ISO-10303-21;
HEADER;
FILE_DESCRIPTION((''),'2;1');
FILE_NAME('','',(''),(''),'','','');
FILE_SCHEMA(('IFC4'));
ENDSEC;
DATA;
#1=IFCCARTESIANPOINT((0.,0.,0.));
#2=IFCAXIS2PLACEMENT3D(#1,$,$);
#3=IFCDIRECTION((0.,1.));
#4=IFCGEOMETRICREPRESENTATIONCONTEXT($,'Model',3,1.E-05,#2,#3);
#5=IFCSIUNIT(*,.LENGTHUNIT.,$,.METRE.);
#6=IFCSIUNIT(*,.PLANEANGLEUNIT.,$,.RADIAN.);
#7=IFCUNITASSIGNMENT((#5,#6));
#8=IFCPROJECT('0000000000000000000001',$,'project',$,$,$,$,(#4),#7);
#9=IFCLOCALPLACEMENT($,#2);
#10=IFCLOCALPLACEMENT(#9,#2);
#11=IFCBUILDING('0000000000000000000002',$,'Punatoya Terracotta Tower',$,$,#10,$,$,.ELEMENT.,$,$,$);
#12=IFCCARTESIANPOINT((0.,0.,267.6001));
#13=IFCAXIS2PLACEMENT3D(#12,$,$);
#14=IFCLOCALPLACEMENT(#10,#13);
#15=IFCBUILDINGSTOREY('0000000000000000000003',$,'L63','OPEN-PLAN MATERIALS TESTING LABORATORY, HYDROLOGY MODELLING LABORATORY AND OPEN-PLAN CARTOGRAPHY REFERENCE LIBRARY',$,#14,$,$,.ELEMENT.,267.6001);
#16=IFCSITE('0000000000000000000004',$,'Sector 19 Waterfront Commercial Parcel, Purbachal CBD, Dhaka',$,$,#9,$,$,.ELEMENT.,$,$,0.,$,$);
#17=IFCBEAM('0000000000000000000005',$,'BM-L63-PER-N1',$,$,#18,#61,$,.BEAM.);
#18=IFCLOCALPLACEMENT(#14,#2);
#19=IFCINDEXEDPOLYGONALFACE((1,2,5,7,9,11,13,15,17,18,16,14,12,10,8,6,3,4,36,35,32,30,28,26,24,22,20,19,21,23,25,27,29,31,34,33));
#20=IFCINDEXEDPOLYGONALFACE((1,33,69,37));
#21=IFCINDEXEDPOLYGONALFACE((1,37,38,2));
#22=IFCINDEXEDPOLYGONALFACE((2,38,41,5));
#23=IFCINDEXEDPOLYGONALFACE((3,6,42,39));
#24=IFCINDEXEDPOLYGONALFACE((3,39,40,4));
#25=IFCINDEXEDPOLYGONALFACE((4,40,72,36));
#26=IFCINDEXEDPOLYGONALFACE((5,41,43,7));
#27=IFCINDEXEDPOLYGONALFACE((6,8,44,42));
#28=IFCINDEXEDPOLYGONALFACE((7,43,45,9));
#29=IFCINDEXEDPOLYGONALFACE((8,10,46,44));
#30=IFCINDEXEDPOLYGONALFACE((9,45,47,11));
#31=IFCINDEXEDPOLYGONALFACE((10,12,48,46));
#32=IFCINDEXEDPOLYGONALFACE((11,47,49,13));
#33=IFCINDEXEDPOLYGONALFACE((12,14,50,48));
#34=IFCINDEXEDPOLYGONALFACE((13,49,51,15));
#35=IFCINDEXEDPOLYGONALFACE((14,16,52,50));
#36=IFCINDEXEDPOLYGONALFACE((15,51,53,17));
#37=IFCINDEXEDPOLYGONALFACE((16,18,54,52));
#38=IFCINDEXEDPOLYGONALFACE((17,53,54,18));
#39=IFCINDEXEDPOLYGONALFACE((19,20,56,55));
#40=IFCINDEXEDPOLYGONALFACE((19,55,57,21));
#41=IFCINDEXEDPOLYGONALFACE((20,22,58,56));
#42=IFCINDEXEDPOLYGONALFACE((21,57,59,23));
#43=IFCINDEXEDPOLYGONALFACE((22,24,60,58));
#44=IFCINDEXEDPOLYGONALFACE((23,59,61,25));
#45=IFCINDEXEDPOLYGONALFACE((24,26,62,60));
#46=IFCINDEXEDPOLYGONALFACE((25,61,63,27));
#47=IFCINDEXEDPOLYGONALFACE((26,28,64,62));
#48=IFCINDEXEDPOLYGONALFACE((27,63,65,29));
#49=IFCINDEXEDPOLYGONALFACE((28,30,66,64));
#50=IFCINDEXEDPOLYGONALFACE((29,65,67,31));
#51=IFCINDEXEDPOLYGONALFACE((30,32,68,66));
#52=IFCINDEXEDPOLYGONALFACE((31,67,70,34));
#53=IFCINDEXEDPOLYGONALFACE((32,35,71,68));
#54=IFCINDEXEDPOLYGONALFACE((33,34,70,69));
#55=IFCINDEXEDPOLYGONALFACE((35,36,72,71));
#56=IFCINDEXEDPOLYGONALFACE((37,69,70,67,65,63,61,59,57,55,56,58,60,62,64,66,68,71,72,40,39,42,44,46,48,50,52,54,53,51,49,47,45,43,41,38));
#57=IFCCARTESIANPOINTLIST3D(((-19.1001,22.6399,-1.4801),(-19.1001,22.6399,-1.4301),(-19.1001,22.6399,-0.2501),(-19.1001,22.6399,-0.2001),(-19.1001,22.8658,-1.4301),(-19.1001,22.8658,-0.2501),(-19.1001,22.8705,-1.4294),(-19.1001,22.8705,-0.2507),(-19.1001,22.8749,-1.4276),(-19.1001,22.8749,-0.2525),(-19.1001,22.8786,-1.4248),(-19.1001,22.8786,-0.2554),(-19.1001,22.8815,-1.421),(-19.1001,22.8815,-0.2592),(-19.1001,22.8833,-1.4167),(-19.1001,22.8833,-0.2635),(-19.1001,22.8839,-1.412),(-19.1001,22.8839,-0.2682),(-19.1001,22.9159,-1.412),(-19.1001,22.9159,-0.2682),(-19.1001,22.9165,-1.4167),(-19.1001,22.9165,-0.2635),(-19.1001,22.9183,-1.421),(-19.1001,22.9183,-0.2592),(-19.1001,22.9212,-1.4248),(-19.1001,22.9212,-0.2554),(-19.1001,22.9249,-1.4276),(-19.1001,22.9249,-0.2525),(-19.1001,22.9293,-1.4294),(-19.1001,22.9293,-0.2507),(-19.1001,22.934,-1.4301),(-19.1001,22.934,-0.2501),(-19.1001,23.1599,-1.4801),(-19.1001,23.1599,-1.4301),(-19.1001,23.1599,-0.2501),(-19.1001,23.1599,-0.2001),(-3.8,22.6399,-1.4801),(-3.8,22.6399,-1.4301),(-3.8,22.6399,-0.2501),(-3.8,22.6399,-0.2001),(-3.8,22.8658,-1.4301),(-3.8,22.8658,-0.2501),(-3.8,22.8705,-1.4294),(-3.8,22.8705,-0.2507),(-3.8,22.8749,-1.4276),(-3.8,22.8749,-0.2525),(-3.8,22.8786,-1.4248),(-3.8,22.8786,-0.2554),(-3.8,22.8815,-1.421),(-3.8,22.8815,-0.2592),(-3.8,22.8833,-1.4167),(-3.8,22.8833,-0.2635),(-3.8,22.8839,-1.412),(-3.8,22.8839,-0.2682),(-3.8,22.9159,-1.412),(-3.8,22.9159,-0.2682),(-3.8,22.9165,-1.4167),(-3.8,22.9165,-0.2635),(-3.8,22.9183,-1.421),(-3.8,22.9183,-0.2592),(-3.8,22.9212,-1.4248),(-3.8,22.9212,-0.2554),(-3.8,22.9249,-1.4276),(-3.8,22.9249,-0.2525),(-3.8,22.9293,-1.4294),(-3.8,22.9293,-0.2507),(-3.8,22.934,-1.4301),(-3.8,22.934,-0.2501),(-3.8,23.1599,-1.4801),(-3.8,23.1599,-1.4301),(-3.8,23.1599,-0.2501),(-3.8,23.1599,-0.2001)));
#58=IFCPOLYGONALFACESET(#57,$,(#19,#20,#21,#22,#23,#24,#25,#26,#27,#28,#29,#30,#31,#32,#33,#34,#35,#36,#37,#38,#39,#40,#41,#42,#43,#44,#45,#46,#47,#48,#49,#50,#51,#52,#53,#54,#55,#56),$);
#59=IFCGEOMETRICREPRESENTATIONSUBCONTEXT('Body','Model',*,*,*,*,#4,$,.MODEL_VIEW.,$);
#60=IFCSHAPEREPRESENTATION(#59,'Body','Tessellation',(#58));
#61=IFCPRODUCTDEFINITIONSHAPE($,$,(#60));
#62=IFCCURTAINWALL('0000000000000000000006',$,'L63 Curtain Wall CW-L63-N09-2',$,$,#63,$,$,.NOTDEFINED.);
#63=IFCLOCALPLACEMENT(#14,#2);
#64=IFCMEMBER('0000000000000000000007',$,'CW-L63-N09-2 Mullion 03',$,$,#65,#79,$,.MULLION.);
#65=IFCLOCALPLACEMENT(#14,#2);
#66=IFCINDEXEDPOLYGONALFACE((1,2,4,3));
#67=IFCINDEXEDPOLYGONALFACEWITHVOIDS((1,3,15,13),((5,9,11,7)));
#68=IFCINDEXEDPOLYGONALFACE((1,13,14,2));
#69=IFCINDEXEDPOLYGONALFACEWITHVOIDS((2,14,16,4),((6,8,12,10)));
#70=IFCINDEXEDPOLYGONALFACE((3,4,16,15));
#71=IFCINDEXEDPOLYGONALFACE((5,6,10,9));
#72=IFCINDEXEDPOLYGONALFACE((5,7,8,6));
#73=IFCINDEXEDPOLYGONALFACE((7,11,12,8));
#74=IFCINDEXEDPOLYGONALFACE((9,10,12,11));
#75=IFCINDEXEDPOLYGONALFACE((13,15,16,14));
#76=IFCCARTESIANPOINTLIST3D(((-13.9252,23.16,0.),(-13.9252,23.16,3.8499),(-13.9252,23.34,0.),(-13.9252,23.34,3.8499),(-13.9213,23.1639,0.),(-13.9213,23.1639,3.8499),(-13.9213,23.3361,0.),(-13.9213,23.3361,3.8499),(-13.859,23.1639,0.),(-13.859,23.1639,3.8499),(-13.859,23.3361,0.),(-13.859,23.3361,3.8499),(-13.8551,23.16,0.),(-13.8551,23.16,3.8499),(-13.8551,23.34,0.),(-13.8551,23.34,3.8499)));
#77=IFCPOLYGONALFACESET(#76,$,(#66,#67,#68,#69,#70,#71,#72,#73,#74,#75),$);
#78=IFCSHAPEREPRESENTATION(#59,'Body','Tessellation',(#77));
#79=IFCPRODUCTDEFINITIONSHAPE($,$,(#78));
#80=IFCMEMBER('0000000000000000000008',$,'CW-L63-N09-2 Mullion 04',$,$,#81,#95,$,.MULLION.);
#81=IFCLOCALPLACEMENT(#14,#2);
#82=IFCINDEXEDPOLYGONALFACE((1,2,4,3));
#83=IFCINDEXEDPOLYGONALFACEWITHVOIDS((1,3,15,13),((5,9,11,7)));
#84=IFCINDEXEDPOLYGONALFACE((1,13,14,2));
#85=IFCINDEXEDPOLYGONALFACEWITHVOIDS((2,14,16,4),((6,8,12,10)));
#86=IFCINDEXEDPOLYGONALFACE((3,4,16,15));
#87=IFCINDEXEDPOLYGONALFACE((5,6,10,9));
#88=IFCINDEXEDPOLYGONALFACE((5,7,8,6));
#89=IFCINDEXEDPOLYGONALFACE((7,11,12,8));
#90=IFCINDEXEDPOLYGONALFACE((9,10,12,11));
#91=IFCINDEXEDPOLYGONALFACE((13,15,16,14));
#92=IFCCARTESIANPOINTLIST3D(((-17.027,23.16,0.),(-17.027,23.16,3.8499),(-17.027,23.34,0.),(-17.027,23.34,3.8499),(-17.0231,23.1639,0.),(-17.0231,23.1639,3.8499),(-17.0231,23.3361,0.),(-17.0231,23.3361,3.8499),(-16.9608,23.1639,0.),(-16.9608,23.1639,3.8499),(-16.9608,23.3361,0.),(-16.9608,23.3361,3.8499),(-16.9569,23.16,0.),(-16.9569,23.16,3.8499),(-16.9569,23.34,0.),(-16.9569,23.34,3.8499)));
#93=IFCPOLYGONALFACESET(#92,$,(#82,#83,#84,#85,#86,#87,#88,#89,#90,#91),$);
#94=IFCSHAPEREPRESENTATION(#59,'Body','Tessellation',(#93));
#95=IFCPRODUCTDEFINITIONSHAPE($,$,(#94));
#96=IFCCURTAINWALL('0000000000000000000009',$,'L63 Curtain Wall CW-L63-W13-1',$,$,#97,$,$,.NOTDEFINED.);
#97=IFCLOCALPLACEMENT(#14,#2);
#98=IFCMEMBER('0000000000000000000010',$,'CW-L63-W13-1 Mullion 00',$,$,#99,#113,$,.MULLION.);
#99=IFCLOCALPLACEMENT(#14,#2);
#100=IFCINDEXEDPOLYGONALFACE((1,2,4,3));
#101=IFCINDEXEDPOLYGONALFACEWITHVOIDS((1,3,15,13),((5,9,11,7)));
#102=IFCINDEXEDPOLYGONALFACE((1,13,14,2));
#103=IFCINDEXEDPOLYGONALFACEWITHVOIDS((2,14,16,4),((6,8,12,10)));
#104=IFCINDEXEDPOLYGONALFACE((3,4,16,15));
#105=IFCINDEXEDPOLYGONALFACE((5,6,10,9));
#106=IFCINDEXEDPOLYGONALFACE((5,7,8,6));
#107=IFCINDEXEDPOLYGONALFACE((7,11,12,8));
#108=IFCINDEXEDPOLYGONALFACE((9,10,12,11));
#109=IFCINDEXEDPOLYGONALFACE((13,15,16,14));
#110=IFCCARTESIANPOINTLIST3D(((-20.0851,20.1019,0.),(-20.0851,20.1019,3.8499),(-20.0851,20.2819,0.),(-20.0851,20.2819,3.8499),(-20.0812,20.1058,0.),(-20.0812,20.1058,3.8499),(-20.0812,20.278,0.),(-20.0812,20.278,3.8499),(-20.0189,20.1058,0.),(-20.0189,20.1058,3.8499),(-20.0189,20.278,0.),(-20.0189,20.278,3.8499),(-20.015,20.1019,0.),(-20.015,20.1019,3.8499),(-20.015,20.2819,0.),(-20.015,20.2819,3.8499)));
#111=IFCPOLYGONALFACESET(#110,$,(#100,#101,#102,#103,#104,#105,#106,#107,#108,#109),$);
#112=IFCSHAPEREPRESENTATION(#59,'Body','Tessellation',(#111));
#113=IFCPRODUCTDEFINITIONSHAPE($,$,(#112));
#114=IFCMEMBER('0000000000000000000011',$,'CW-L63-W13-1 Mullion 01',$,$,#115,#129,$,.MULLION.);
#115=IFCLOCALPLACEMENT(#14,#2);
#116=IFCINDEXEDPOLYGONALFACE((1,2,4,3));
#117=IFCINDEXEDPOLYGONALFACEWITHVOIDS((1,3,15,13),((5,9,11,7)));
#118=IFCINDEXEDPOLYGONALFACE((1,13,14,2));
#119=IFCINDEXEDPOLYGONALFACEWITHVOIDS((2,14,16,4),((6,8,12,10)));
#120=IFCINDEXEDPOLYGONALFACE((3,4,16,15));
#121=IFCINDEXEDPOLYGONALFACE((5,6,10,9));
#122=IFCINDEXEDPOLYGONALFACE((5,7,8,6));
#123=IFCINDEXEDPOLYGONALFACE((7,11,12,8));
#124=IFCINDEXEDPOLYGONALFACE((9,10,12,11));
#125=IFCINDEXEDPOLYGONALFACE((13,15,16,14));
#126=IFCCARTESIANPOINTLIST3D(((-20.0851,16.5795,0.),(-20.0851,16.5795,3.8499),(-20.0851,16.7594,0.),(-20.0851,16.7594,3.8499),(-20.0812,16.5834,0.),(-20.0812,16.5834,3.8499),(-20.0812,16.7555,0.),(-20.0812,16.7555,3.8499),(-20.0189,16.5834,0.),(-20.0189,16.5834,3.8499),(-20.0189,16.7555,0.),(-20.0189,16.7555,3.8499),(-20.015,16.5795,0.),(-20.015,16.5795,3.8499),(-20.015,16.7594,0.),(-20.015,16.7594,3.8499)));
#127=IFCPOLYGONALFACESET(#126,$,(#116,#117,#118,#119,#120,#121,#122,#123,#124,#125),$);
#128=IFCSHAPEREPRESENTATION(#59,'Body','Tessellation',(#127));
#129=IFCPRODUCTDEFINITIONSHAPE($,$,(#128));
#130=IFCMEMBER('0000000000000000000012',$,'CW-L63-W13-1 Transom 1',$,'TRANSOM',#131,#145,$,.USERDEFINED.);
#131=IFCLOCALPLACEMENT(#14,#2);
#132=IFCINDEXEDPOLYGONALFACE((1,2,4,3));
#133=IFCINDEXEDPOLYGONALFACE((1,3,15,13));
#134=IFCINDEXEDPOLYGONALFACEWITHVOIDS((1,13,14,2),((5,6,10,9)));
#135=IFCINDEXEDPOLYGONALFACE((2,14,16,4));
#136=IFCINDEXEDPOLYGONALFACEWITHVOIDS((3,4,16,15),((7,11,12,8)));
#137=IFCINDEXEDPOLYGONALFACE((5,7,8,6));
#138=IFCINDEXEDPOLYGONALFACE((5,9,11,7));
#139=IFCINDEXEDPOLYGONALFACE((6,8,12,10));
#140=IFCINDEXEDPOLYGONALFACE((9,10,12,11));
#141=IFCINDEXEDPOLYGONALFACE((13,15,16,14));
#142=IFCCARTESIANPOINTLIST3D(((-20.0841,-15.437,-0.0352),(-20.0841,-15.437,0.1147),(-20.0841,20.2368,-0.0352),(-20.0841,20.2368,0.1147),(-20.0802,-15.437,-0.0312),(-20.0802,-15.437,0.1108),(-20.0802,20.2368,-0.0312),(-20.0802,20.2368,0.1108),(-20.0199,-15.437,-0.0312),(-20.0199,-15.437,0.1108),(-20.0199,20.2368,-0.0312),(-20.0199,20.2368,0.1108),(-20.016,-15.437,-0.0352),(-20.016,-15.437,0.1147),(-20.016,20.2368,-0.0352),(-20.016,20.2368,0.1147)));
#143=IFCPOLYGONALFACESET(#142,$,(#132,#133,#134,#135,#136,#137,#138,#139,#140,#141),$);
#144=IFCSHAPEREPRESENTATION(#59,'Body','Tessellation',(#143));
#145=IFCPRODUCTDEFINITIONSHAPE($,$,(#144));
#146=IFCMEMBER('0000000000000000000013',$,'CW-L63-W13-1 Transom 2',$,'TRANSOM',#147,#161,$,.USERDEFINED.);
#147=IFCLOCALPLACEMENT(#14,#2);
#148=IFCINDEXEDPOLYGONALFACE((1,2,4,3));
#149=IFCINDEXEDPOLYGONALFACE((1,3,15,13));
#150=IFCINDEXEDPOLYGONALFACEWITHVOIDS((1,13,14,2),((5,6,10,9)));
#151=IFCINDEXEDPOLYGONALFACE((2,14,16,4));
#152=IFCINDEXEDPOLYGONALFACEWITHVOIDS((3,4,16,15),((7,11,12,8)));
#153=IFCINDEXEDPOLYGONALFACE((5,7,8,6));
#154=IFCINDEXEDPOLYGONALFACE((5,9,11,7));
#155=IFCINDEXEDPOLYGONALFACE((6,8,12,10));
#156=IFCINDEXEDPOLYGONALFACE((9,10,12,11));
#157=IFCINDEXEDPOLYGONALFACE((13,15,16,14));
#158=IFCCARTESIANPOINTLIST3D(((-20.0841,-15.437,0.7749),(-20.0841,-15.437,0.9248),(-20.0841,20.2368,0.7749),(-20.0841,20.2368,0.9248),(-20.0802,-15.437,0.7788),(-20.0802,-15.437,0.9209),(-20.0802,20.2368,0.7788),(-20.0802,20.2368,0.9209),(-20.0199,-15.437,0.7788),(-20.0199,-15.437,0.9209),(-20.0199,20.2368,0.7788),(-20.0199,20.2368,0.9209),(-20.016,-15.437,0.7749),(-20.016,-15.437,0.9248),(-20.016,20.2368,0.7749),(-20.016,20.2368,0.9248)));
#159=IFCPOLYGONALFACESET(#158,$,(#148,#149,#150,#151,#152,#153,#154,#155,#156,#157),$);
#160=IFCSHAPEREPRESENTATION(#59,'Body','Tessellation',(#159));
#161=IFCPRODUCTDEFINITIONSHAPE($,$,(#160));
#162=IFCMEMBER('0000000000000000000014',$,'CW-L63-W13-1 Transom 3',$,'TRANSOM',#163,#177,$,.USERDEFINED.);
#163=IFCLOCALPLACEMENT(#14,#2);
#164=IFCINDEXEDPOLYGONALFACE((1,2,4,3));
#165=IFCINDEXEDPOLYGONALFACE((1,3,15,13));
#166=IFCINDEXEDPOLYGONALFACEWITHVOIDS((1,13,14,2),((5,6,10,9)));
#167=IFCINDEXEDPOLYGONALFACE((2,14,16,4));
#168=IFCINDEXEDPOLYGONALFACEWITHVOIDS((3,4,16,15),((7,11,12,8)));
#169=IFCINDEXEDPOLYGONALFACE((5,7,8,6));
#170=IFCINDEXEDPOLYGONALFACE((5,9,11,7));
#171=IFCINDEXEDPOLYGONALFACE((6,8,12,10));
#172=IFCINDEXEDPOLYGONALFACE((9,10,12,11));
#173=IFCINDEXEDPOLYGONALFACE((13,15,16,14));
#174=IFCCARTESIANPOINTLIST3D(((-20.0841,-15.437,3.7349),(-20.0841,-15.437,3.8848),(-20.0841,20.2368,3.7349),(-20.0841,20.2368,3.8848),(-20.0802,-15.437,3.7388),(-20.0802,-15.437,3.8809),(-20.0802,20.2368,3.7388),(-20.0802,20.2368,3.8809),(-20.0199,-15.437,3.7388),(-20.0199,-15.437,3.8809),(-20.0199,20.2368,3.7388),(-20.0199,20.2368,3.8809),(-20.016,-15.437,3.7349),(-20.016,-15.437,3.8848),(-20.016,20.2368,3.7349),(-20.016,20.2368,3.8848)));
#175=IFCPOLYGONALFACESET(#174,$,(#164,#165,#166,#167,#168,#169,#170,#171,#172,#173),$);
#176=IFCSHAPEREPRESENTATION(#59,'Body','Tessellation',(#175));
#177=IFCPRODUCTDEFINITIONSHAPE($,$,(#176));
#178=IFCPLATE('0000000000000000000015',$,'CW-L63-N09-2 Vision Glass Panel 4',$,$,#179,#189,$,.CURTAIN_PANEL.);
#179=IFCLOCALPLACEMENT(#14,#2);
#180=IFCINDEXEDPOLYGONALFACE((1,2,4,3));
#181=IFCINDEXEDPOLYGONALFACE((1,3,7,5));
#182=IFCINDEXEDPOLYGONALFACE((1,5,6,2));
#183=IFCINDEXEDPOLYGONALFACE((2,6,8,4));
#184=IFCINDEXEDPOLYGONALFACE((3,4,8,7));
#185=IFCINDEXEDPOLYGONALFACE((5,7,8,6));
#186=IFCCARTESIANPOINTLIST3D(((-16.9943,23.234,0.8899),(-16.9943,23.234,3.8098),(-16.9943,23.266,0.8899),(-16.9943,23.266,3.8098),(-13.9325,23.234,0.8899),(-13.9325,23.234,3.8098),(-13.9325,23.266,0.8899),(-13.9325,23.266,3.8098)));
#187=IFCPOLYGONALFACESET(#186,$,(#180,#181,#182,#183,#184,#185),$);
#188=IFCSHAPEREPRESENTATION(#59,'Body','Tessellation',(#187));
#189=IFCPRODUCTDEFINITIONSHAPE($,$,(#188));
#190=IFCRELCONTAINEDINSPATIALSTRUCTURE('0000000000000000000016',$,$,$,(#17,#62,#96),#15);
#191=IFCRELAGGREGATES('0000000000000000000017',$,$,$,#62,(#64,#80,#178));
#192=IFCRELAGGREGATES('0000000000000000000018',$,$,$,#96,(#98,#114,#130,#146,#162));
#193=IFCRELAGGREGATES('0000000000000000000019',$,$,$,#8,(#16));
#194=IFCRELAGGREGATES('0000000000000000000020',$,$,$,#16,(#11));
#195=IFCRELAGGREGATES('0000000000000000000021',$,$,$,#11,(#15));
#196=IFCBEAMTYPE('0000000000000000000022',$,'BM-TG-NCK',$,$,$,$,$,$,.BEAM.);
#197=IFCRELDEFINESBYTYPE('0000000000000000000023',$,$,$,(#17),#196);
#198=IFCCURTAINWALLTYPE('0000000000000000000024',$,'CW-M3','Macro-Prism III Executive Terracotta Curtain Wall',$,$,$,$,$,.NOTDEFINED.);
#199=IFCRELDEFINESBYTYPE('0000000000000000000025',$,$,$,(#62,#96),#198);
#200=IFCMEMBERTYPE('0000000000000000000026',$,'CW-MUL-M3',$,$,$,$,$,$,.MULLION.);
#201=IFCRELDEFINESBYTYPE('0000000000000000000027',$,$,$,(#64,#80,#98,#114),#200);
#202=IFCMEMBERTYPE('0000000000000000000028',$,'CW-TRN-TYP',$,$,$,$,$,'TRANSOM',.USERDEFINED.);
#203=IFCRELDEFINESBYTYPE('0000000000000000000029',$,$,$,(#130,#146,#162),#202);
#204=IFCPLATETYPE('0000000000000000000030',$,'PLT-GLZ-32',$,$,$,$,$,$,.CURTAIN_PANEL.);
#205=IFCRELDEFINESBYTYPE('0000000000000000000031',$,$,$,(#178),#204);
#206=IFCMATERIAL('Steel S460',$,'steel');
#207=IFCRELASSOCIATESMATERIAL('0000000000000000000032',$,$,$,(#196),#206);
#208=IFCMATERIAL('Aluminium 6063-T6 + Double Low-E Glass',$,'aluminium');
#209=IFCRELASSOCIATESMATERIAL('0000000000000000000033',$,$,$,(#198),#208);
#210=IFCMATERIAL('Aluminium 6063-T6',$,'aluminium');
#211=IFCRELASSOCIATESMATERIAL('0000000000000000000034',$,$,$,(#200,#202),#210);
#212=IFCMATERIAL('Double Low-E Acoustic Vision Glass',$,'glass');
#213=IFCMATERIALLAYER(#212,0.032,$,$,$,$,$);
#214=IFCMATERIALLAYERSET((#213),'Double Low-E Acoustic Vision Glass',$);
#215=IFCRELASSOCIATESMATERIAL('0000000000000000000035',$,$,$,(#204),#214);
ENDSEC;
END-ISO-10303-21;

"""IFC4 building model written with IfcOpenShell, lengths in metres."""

from ifc_helpers import new_model, si_unit, direction, frame, origin, origin_2d, place, context, subcontext, project, spatial, rectangle, hollow_rectangle, i_section, extrude, material, layer, layer_set, material_profile, profile_set, type_object, element, aggregate, save


model = new_model("IFC4")

# Units and contexts
model_context = context("Model", 3, precision=1e-05, world=origin(), true_north=direction((0.0, 1.0)))
body_context = subcontext(model_context, "Body", "Model", "MODEL_VIEW")
ifc_project = project(units=[si_unit("LENGTHUNIT", "METRE"), si_unit("PLANEANGLEUNIT", "RADIAN")], contexts=[model_context])

# Site, building, storey
site_placement = place(None, origin())
site = spatial("IfcSite", under=ifc_project, at=site_placement, Name="Sector 19 Waterfront Commercial Parcel, Purbachal CBD, Dhaka", CompositionType="ELEMENT", RefElevation=0.0)
building_placement = place(site_placement, origin())
building = spatial("IfcBuilding", under=site, at=building_placement, Name="Punatoya Terracotta Tower", CompositionType="ELEMENT")
storey_placement = place(building_placement, frame((0.0, 0.0, 267.6001)))
storey = spatial("IfcBuildingStorey", under=building, at=storey_placement, Name="L63", Description="OPEN-PLAN MATERIALS TESTING LABORATORY, HYDROLOGY MODELLING LABORATORY AND OPEN-PLAN CARTOGRAPHY REFERENCE LIBRARY", CompositionType="ELEMENT", Elevation=267.6001)

# Shared definitions
ifc_material_1 = material(Name="Steel S460", Category="steel")

# Beam
ifc_material_profile_1 = material_profile(ifc_material_1, i_section(OverallWidth=0.52, OverallDepth=1.28, WebThickness=0.032, FlangeThickness=0.05, FilletRadius=0.0181, at=origin_2d()))
ifc_profile_set_1 = profile_set([ifc_material_profile_1], Name="Steel S460")
beam_type_1 = type_object("IfcBeamType", Name="BM-TG-NCK", PredefinedType="BEAM", material=ifc_profile_set_1)
beam_1_placement = place(storey_placement, frame((-19.1001, 22.8999, -0.8401), z_axis=(1.0, 0.0, 0.0), x_axis=(0.0, 1.0, 0.0)))
element("IfcBeam", 1, at=beam_1_placement, inside=storey, type_object=beam_type_1, Name="BM-L63-PER-N1", PredefinedType="BEAM", context=body_context, shape_type="SweptSolid", body=[
    extrude(i_section(OverallWidth=0.52, OverallDepth=1.28, WebThickness=0.032, FlangeThickness=0.05, FilletRadius=0.0181, at=origin_2d()), origin(), (0.0, 0.0, 1.0), 15.3),
])

# Curtain walls, members
ifc_material_2 = material(Name="Aluminium 6063-T6 + Double Low-E Glass", Category="aluminium")
curtain_wall_type = type_object("IfcCurtainWallType", Name="CW-M3", Description="Macro-Prism III Executive Terracotta Curtain Wall", PredefinedType="NOTDEFINED", material=ifc_material_2)
curtain_wall_1_placement = place(storey_placement, origin())
curtain_wall_1 = element("IfcCurtainWall", 2, at=curtain_wall_1_placement, inside=storey, type_object=curtain_wall_type, Name="L63 Curtain Wall CW-L63-N09-2", PredefinedType="NOTDEFINED")
ifc_material_3 = material(Name="Aluminium 6063-T6", Category="aluminium")
ifc_material_profile_2 = material_profile(ifc_material_3, hollow_rectangle(XDim=0.0701, YDim=0.1799, WallThickness=0.0039, at=origin_2d()))
ifc_profile_set_2 = profile_set([ifc_material_profile_2], Name="Aluminium 6063-T6")
member_type_1 = type_object("IfcMemberType", Name="CW-MUL-M3", PredefinedType="MULLION", material=ifc_profile_set_2)
member_1_placement = place(storey_placement, frame((-13.8901, 23.25, 0.0), z_axis=(0.0, 0.0, 1.0), x_axis=(1.0, 0.0, 0.0)))
member_1 = element("IfcMember", 3, at=member_1_placement, type_object=member_type_1, Name="CW-L63-N09-2 Mullion 03", PredefinedType="MULLION", context=body_context, shape_type="SweptSolid", body=[
    extrude(hollow_rectangle(XDim=0.0701, YDim=0.1799, WallThickness=0.0039, at=origin_2d()), origin(), (0.0, 0.0, 1.0), 3.8499),
])
member_2_placement = place(storey_placement, frame((-16.9919, 23.25, 0.0), z_axis=(0.0, 0.0, 1.0), x_axis=(1.0, 0.0, 0.0)))
member_2 = element("IfcMember", 4, at=member_2_placement, type_object=member_type_1, Name="CW-L63-N09-2 Mullion 04", PredefinedType="MULLION", context=body_context, shape_type="SweptSolid", body=[
    extrude(hollow_rectangle(XDim=0.0701, YDim=0.1799, WallThickness=0.0039, at=origin_2d()), origin(), (0.0, 0.0, 1.0), 3.8499),
])
curtain_wall_2_placement = place(storey_placement, origin())
curtain_wall_2 = element("IfcCurtainWall", 5, at=curtain_wall_2_placement, inside=storey, type_object=curtain_wall_type, Name="L63 Curtain Wall CW-L63-W13-1", PredefinedType="NOTDEFINED")
member_3_placement = place(storey_placement, frame((-20.05, 20.1919, 0.0), z_axis=(0.0, 0.0, 1.0), x_axis=(1.0, 0.0, 0.0)))
member_3 = element("IfcMember", 6, at=member_3_placement, type_object=member_type_1, Name="CW-L63-W13-1 Mullion 00", PredefinedType="MULLION", context=body_context, shape_type="SweptSolid", body=[
    extrude(hollow_rectangle(XDim=0.0701, YDim=0.1799, WallThickness=0.0039, at=origin_2d()), origin(), (0.0, 0.0, 1.0), 3.8499),
])
member_4_placement = place(storey_placement, frame((-20.05, 16.6694, 0.0), z_axis=(0.0, 0.0, 1.0), x_axis=(1.0, 0.0, 0.0)))
member_4 = element("IfcMember", 7, at=member_4_placement, type_object=member_type_1, Name="CW-L63-W13-1 Mullion 01", PredefinedType="MULLION", context=body_context, shape_type="SweptSolid", body=[
    extrude(hollow_rectangle(XDim=0.0701, YDim=0.1799, WallThickness=0.0039, at=origin_2d()), origin(), (0.0, 0.0, 1.0), 3.8499),
])
ifc_material_profile_3 = material_profile(ifc_material_3, hollow_rectangle(XDim=0.0681, YDim=0.1499, WallThickness=0.0039, at=origin_2d()))
ifc_profile_set_3 = profile_set([ifc_material_profile_3], Name="Aluminium 6063-T6")
member_type_2 = type_object("IfcMemberType", Name="CW-TRN-TYP", ElementType="TRANSOM", PredefinedType="USERDEFINED", material=ifc_profile_set_3)
member_5_placement = place(storey_placement, frame((-20.05, 20.2368, 0.0398), z_axis=(0.0, -1.0, 0.0), x_axis=(1.0, 0.0, 0.0)))
member_5 = element("IfcMember", 8, at=member_5_placement, type_object=member_type_2, Name="CW-L63-W13-1 Transom 1", ObjectType="TRANSOM", PredefinedType="USERDEFINED", context=body_context, shape_type="SweptSolid", body=[
    extrude(hollow_rectangle(XDim=0.0681, YDim=0.1499, WallThickness=0.0039, at=origin_2d()), origin(), (0.0, 0.0, 1.0), 35.6738),
])
member_6_placement = place(storey_placement, frame((-20.05, 20.2368, 0.8499), z_axis=(0.0, -1.0, 0.0), x_axis=(1.0, 0.0, 0.0)))
member_6 = element("IfcMember", 9, at=member_6_placement, type_object=member_type_2, Name="CW-L63-W13-1 Transom 2", ObjectType="TRANSOM", PredefinedType="USERDEFINED", context=body_context, shape_type="SweptSolid", body=[
    extrude(hollow_rectangle(XDim=0.0681, YDim=0.1499, WallThickness=0.0039, at=origin_2d()), origin(), (0.0, 0.0, 1.0), 35.6738),
])
member_7_placement = place(storey_placement, frame((-20.05, 20.2368, 3.8098), z_axis=(0.0, -1.0, 0.0), x_axis=(1.0, 0.0, 0.0)))
member_7 = element("IfcMember", 10, at=member_7_placement, type_object=member_type_2, Name="CW-L63-W13-1 Transom 3", ObjectType="TRANSOM", PredefinedType="USERDEFINED", context=body_context, shape_type="SweptSolid", body=[
    extrude(hollow_rectangle(XDim=0.0681, YDim=0.1499, WallThickness=0.0039, at=origin_2d()), origin(), (0.0, 0.0, 1.0), 35.6738),
])

# Plate
ifc_material_4 = material(Name="Double Low-E Acoustic Vision Glass", Category="glass")
ifc_layer_1 = layer(ifc_material_4, 0.032)
ifc_layer_set_1 = layer_set([ifc_layer_1], Name="Double Low-E Acoustic Vision Glass")
plate_type_1 = type_object("IfcPlateType", Name="PLT-GLZ-32", PredefinedType="CURTAIN_PANEL", material=ifc_layer_set_1)
plate_1_placement = place(storey_placement, frame((-15.4634, 23.25, 0.8899), z_axis=(0.0, 0.0, 1.0), x_axis=(-1.0, 0.0, 0.0)))
plate_1 = element("IfcPlate", 11, at=plate_1_placement, type_object=plate_type_1, Name="CW-L63-N09-2 Vision Glass Panel 4", PredefinedType="CURTAIN_PANEL", context=body_context, shape_type="SweptSolid", body=[
    extrude(rectangle(XDim=3.0618, YDim=0.032, at=origin_2d()), origin(), (0.0, 0.0, 1.0), 2.9199),
])
aggregate(curtain_wall_1, [member_1, member_2, plate_1])
aggregate(curtain_wall_2, [member_3, member_4, member_5, member_6, member_7])

save(model, "model.ifc")
